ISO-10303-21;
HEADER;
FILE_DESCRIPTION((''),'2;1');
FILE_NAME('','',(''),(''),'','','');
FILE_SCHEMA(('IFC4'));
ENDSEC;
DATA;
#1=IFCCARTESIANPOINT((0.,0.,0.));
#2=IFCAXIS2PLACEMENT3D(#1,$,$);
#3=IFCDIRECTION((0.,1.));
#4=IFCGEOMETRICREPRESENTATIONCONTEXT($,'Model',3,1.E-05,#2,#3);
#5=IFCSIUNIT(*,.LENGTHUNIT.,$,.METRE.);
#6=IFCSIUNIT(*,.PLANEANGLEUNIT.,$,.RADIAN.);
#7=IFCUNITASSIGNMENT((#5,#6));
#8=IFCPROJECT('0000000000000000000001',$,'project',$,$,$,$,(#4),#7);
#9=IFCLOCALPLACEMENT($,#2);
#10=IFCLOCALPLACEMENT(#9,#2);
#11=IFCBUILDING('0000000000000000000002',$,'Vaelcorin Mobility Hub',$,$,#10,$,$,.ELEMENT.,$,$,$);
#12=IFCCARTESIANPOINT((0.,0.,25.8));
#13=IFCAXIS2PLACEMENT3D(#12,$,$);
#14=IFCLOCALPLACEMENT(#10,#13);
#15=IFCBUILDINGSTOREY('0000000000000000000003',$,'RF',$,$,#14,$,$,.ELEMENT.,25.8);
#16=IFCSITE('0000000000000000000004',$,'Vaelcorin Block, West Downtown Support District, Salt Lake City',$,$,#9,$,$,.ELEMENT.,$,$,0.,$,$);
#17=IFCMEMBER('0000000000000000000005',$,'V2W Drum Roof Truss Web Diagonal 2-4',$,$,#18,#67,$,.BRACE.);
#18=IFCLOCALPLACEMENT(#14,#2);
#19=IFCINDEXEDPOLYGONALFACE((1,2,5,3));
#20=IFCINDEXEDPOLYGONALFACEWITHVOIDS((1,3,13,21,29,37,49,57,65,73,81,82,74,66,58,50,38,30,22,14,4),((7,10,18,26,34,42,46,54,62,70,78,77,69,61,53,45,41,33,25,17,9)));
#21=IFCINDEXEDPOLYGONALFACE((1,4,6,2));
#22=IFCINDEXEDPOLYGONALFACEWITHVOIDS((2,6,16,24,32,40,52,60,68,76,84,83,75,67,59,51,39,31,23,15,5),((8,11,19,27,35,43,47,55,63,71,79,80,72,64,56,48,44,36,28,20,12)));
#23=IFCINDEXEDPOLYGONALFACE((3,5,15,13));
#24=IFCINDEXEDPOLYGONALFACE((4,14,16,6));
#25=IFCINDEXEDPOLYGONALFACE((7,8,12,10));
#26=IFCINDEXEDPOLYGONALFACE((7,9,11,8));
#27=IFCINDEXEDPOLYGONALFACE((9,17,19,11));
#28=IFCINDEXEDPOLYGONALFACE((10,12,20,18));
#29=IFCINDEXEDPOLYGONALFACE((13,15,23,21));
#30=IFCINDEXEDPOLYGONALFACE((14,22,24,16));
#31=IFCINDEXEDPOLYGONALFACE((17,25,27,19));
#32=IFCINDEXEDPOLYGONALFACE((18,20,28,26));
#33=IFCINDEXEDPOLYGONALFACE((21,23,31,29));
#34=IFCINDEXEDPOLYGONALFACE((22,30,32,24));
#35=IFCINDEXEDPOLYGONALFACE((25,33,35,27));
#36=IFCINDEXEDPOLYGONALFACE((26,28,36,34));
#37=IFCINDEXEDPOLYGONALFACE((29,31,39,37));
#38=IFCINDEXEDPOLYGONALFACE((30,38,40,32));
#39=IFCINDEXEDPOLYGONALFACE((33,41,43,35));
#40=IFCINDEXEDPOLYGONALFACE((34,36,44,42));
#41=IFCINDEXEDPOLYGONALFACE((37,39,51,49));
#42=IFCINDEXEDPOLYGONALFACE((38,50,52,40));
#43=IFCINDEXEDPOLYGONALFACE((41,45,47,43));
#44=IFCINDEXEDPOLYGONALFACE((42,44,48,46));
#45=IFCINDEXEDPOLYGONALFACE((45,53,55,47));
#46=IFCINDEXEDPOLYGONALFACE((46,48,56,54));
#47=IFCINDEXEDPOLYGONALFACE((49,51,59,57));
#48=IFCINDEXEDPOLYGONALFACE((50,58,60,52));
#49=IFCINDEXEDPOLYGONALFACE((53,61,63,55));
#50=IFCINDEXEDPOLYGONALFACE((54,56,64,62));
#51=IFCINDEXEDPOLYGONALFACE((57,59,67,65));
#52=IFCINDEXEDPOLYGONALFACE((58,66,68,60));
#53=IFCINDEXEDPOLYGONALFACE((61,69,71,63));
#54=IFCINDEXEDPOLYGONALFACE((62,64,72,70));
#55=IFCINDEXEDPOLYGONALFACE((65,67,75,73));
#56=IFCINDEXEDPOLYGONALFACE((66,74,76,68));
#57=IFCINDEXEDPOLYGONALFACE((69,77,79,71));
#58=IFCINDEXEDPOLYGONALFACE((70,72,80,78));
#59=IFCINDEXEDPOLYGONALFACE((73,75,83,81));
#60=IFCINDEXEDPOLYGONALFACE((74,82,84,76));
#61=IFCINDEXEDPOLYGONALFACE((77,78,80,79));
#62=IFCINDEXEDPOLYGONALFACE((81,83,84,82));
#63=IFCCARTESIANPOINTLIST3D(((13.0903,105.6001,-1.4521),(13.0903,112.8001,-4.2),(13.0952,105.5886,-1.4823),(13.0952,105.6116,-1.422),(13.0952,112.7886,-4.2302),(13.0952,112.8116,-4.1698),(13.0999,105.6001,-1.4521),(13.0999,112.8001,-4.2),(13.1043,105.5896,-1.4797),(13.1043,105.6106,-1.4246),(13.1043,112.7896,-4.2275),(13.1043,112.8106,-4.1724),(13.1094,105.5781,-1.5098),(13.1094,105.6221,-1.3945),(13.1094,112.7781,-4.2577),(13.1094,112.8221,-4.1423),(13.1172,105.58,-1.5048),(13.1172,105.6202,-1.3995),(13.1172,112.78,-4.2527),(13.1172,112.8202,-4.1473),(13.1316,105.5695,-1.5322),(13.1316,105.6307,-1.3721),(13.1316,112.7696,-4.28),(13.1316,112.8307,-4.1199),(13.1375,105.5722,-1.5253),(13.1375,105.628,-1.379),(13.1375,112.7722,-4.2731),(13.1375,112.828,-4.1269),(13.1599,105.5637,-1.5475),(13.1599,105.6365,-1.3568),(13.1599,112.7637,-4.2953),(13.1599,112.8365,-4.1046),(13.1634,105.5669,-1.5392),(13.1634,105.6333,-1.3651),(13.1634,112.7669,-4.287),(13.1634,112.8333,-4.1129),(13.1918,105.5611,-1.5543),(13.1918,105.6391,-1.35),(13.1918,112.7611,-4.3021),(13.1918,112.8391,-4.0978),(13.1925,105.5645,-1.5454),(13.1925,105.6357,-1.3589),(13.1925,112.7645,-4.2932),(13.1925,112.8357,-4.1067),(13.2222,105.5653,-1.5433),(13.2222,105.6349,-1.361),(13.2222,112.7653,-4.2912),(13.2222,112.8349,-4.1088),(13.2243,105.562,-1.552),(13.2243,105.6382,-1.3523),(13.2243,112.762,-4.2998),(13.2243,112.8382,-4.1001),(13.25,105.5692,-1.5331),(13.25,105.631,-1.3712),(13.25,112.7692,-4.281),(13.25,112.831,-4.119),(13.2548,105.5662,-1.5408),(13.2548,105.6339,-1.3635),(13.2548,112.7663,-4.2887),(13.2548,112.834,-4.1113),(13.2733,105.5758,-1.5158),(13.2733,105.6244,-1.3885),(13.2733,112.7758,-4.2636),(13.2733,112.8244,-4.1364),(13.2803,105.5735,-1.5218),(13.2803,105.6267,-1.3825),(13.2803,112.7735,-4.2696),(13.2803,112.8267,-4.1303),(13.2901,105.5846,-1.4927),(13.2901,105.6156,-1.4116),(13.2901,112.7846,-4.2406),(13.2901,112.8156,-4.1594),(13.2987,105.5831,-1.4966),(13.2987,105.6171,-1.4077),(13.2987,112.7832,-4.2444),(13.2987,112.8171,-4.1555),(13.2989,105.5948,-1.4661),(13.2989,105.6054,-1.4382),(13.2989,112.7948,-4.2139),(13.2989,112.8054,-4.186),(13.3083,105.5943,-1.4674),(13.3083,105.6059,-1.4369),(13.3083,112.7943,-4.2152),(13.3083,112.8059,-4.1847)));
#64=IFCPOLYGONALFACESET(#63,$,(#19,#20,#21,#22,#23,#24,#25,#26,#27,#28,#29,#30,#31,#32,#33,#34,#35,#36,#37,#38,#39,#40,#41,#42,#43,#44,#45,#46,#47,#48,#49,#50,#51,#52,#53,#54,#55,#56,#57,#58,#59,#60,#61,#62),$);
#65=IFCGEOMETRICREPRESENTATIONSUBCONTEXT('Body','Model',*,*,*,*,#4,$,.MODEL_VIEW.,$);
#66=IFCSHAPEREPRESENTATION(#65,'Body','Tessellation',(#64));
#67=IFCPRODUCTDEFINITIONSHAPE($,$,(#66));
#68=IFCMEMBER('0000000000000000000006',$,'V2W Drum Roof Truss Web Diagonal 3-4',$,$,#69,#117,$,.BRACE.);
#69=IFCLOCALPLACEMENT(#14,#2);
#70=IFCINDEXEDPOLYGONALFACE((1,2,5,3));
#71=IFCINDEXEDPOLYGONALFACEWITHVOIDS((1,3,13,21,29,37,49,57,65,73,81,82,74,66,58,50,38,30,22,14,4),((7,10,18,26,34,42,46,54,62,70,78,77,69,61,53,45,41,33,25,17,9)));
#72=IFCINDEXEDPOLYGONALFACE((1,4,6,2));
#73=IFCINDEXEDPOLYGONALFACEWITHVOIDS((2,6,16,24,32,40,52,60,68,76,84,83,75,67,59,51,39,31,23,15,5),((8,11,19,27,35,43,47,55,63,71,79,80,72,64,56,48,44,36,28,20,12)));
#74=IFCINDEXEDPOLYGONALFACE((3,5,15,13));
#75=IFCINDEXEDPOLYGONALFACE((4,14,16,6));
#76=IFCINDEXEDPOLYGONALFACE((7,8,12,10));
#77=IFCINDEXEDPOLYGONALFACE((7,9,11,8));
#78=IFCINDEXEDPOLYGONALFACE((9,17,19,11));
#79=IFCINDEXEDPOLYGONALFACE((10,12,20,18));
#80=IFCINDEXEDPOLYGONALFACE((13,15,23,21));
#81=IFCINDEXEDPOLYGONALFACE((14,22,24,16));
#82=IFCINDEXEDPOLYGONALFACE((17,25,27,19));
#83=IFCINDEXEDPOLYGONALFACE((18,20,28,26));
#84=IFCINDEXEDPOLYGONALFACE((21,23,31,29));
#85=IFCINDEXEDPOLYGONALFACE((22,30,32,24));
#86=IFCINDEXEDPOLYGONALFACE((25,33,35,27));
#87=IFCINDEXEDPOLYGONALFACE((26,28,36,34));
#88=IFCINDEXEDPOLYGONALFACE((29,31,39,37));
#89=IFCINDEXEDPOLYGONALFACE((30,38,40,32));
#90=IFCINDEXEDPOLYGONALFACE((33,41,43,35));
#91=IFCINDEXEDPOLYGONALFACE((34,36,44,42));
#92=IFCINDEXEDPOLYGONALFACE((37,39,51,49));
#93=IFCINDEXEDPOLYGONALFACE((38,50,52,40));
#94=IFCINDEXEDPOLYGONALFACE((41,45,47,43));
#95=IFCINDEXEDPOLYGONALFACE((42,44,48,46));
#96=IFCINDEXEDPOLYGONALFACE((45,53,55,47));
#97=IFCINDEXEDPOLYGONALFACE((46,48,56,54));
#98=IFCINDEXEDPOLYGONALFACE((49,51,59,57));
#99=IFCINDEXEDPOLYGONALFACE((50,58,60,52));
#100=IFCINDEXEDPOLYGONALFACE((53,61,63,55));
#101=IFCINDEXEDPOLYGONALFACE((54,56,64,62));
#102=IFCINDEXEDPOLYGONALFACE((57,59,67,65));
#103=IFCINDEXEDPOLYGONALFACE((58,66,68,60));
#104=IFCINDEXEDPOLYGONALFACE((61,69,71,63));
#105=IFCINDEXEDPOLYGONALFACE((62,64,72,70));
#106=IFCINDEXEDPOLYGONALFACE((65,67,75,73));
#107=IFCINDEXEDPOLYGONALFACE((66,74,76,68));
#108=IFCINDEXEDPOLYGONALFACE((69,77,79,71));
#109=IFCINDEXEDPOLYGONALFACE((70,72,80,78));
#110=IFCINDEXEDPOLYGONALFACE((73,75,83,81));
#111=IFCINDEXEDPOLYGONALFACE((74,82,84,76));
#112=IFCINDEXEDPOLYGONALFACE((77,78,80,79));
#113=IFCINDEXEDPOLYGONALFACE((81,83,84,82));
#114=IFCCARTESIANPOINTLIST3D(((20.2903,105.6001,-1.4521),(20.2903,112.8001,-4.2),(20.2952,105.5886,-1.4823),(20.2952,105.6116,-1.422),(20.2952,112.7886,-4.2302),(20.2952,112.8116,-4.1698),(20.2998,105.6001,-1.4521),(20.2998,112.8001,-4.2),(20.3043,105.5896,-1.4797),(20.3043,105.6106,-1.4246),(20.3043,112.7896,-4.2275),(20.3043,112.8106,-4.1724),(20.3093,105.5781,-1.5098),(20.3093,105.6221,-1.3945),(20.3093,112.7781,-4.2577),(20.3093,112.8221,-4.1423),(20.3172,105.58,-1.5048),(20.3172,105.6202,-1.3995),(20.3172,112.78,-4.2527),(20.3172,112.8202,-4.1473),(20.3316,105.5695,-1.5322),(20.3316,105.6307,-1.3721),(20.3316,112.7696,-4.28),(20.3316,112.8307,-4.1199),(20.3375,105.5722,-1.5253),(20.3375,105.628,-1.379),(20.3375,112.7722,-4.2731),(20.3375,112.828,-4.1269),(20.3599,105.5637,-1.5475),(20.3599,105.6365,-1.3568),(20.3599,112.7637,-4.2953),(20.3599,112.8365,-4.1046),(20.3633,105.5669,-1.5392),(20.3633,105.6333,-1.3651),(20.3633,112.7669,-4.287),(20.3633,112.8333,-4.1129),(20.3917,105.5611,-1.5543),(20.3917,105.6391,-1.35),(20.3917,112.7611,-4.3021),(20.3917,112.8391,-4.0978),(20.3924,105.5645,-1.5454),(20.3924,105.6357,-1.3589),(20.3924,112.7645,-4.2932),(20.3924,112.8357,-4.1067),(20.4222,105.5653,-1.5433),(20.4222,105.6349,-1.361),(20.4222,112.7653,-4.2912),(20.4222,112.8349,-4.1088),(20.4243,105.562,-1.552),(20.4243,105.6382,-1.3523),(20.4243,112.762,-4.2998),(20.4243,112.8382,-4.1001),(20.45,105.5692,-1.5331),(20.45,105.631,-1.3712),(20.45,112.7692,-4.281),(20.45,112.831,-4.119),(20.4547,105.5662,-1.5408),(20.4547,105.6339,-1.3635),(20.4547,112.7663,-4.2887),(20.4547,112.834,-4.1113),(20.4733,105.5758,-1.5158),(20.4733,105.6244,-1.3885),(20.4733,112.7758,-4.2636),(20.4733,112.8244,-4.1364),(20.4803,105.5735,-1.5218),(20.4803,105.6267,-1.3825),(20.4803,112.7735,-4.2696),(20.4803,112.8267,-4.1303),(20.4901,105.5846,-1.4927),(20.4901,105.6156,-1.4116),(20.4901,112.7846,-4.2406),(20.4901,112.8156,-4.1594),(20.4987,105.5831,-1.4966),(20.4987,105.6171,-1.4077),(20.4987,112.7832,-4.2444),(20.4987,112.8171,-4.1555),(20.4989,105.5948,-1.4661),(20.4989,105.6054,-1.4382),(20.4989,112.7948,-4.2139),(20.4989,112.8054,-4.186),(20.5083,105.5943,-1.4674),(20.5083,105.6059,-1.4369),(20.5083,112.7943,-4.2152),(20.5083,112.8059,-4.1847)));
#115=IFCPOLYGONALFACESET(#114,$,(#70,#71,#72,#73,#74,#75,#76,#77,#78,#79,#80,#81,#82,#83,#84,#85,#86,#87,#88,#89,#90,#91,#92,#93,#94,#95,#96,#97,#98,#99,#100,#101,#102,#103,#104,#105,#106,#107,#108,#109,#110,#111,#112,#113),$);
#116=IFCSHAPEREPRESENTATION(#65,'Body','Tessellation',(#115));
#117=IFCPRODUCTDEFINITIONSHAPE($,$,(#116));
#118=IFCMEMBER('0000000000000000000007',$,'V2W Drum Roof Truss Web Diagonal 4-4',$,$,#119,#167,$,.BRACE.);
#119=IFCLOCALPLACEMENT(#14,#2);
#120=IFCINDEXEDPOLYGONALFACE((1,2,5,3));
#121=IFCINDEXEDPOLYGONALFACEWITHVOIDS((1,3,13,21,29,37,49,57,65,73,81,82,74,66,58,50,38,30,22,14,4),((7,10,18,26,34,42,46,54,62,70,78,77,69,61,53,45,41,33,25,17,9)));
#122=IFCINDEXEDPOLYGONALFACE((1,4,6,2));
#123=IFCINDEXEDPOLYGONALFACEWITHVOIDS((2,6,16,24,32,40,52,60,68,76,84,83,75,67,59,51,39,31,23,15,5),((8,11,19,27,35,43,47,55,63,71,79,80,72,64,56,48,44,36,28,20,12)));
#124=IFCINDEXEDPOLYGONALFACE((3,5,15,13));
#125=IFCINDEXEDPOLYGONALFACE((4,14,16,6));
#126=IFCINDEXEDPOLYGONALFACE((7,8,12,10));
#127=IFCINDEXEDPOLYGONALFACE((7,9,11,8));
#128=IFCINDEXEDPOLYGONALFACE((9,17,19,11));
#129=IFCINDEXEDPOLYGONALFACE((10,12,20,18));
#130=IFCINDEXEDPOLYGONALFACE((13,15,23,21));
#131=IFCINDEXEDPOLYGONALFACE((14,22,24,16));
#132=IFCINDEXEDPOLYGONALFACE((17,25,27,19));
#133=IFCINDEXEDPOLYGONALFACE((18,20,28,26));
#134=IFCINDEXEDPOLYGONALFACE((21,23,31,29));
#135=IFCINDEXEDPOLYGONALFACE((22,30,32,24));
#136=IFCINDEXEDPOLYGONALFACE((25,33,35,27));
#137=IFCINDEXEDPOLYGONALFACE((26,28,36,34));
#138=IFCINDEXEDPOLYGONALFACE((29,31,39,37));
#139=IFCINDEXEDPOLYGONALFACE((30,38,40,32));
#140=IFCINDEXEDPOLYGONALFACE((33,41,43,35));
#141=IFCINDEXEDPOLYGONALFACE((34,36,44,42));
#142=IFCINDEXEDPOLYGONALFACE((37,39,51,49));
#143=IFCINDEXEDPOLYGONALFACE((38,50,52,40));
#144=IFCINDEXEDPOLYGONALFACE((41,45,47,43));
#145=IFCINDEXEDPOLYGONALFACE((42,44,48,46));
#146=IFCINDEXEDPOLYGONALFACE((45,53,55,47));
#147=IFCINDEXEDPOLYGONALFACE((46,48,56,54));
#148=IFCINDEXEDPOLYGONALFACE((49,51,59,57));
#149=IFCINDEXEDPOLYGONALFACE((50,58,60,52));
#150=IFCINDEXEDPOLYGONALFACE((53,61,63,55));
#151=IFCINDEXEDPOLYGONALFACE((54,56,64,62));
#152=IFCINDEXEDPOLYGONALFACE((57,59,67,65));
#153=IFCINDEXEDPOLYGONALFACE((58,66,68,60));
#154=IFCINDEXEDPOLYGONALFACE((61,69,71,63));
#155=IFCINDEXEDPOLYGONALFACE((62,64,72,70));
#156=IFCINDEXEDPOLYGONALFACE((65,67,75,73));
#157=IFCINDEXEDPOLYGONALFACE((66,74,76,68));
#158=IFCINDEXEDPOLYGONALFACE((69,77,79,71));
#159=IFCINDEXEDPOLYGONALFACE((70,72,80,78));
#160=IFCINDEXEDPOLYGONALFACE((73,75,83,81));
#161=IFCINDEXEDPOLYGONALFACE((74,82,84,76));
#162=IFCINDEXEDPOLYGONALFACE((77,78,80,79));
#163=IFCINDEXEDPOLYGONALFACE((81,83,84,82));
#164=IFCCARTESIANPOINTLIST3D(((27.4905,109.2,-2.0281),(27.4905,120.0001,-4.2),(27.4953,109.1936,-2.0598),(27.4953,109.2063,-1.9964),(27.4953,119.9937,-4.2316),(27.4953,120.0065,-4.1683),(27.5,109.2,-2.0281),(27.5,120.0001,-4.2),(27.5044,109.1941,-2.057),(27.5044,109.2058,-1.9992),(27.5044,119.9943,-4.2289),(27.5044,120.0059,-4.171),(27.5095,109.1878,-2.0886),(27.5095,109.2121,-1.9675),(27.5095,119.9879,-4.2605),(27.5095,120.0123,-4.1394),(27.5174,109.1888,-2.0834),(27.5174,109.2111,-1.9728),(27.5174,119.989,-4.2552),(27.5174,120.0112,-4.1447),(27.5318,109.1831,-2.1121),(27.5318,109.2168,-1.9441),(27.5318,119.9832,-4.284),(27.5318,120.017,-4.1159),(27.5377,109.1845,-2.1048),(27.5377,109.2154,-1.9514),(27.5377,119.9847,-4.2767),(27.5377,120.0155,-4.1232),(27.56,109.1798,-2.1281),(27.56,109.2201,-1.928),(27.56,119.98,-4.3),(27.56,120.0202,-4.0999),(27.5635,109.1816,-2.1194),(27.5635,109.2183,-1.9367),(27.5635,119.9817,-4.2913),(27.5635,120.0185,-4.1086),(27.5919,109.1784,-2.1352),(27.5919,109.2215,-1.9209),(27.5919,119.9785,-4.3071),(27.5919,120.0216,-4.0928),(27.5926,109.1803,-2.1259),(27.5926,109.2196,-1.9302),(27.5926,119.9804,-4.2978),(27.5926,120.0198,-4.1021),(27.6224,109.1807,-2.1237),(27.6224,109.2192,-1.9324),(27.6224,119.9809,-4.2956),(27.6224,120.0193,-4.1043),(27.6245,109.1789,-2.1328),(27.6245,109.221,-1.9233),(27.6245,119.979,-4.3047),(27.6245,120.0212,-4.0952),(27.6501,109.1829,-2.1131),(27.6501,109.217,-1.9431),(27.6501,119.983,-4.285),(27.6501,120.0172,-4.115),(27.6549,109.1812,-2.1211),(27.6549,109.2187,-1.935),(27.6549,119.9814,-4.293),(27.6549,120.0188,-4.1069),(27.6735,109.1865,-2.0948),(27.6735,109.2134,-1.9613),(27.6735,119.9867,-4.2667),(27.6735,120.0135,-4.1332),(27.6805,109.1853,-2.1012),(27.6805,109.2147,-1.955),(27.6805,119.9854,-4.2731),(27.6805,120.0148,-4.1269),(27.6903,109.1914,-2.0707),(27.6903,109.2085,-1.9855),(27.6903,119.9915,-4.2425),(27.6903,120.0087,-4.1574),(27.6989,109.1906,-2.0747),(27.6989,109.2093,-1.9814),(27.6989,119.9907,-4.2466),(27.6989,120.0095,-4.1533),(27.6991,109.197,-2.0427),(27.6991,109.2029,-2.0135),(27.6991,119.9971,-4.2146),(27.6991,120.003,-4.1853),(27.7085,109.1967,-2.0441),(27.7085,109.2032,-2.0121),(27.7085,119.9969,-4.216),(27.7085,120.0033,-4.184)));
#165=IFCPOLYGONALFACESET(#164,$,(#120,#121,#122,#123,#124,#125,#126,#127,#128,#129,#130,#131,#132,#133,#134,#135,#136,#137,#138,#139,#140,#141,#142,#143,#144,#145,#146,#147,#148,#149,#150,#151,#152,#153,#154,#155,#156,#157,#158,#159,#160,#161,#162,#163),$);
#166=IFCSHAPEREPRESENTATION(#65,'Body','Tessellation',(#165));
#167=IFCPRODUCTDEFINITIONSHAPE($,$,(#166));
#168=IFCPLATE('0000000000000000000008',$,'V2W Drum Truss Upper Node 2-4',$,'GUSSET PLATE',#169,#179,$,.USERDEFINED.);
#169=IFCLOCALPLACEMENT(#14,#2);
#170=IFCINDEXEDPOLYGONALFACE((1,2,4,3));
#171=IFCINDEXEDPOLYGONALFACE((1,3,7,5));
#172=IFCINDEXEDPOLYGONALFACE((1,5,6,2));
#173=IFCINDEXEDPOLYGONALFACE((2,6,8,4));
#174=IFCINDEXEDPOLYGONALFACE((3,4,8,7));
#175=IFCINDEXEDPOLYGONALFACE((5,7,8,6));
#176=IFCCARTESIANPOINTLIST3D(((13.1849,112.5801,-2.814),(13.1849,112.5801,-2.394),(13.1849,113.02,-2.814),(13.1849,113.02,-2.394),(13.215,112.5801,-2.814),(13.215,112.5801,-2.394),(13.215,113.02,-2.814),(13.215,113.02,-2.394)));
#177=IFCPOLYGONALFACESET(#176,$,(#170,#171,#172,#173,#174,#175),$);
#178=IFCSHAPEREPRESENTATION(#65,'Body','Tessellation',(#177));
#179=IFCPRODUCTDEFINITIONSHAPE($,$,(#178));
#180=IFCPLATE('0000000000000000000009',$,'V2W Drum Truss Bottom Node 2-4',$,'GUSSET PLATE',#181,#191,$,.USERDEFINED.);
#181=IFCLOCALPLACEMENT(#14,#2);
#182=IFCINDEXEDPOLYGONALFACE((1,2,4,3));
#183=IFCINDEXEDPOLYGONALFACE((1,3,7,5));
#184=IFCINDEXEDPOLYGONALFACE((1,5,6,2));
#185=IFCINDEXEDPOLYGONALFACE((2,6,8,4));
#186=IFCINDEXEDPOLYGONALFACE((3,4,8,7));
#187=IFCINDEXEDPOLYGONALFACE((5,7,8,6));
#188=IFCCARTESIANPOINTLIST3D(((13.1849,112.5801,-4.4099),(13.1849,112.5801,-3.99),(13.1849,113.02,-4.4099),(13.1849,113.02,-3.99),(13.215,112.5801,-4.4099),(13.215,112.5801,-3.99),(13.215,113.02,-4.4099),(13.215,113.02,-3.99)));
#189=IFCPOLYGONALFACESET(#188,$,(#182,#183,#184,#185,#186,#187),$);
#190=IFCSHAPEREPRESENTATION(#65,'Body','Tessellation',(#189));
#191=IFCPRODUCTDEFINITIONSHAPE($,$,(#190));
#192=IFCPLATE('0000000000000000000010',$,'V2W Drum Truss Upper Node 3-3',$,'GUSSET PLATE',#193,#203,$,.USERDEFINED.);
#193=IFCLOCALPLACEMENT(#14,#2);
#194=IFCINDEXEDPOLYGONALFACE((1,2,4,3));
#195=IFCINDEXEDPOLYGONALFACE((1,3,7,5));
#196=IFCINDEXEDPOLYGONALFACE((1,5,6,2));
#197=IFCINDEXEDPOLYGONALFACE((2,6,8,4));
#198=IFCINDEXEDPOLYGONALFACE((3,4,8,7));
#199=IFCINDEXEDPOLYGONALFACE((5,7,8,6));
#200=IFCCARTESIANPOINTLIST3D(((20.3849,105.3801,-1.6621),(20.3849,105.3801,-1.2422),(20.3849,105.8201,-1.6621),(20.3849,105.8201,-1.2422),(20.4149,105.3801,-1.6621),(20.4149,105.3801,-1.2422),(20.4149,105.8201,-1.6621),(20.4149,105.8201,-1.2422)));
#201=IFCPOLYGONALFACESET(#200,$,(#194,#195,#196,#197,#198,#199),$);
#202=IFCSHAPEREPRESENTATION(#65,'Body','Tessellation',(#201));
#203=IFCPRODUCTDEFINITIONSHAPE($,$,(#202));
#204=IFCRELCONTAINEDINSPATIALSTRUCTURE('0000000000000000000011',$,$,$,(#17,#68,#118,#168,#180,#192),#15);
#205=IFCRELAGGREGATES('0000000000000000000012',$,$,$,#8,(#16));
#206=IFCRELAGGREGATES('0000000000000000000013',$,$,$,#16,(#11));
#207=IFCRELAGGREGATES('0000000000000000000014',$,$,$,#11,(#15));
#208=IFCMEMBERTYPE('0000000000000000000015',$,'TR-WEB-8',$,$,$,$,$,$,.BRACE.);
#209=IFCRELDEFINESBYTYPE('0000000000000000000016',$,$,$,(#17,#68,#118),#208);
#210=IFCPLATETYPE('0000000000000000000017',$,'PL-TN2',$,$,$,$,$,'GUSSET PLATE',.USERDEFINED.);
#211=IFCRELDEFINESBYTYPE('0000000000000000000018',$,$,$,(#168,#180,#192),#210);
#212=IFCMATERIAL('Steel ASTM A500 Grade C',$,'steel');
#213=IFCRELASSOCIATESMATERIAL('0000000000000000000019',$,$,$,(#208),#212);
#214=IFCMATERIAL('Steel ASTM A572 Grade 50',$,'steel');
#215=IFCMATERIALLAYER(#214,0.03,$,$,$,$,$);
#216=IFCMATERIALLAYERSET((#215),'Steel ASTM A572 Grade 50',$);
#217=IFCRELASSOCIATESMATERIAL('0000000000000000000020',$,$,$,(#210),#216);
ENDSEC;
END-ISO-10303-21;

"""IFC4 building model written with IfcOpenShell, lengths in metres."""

from ifc_helpers import new_model, si_unit, direction, frame, origin, origin_2d, place, context, subcontext, project, spatial, rectangle, hollow_circle, extrude, material, layer, layer_set, material_profile, profile_set, type_object, element, save


model = new_model("IFC4")

# Units and contexts
model_context = context("Model", 3, precision=1e-05, world=origin(), true_north=direction((0.0, 1.0)))
body_context = subcontext(model_context, "Body", "Model", "MODEL_VIEW")
ifc_project = project(units=[si_unit("LENGTHUNIT", "METRE"), si_unit("PLANEANGLEUNIT", "RADIAN")], contexts=[model_context])

# Site, building, storey
site_placement = place(None, origin())
site = spatial("IfcSite", under=ifc_project, at=site_placement, Name="Vaelcorin Block, West Downtown Support District, Salt Lake City", CompositionType="ELEMENT", RefElevation=0.0)
building_placement = place(site_placement, origin())
building = spatial("IfcBuilding", under=site, at=building_placement, Name="Vaelcorin Mobility Hub", CompositionType="ELEMENT")
storey_placement = place(building_placement, frame((0.0, 0.0, 25.8)))
storey = spatial("IfcBuildingStorey", under=building, at=storey_placement, Name="RF", CompositionType="ELEMENT", Elevation=25.8)

# Shared definitions
ifc_material_1 = material(Name="Steel ASTM A500 Grade C", Category="steel")

# Members
ifc_material_profile_1 = material_profile(ifc_material_1, hollow_circle(Radius=0.1096, WallThickness=0.0095, at=origin_2d()), Name="HSS8.625X0.375")
ifc_profile_set_1 = profile_set([ifc_material_profile_1], Name="Steel ASTM A500 Grade C")
member_type_1 = type_object("IfcMemberType", Name="TR-WEB-8", PredefinedType="BRACE", material=ifc_profile_set_1)
for number, where, z_axis, x_axis, name in (
    (1, (13.2, 105.6001, -1.4521), (0.0, 0.934273, -0.356558), (-1.0, 0.0, 0.0), "V2W Drum Roof Truss Web Diagonal 2-4"),
    (2, (20.3999, 105.6001, -1.4521), (0.0, 0.934273, -0.356558), (-1.0, 0.0, 0.0), "V2W Drum Roof Truss Web Diagonal 3-4"),
):
    element("IfcMember", number, at=place(storey_placement, frame(where, z_axis=z_axis, x_axis=x_axis)), inside=storey, type_object=member_type_1, Name=name, PredefinedType="BRACE", context=body_context, shape_type="SweptSolid", body=[
        extrude(hollow_circle(Radius=0.1096, WallThickness=0.0095, at=origin_2d()), origin(), (0.0, 0.0, 1.0), 7.7065),
    ])
member_1_placement = place(storey_placement, frame((27.6001, 109.2, -2.0281), z_axis=(0.0, 0.980373, -0.197152), x_axis=(-1.0, 0.0, 0.0)))
element("IfcMember", 3, at=member_1_placement, inside=storey, type_object=member_type_1, Name="V2W Drum Roof Truss Web Diagonal 4-4", PredefinedType="BRACE", context=body_context, shape_type="SweptSolid", body=[
    extrude(hollow_circle(Radius=0.1096, WallThickness=0.0095, at=origin_2d()), origin(), (0.0, 0.0, 1.0), 11.0164),
])

# Plates
ifc_material_2 = material(Name="Steel ASTM A572 Grade 50", Category="steel")
ifc_layer = layer(ifc_material_2, 0.03)
ifc_layer_set = layer_set([ifc_layer], Name="Steel ASTM A572 Grade 50")
plate_type = type_object("IfcPlateType", Name="PL-TN2", ElementType="GUSSET PLATE", PredefinedType="USERDEFINED", material=ifc_layer_set)
for number, where, z_axis, x_axis, name in (
    (4, (13.2, 112.8, -2.814), (0.0, 0.0, 1.0), (1.0, 0.0, 0.0), "V2W Drum Truss Upper Node 2-4"),
    (5, (13.2, 112.8, -4.4099), (0.0, 0.0, 1.0), (1.0, 0.0, 0.0), "V2W Drum Truss Bottom Node 2-4"),
    (6, (20.3999, 105.6001, -1.6621), (0.0, 0.0, 1.0), (1.0, 0.0, 0.0), "V2W Drum Truss Upper Node 3-3"),
):
    element("IfcPlate", number, at=place(storey_placement, frame(where, z_axis=z_axis, x_axis=x_axis)), inside=storey, type_object=plate_type, Name=name, ObjectType="GUSSET PLATE", PredefinedType="USERDEFINED", context=body_context, shape_type="SweptSolid", body=[
        extrude(rectangle(XDim=0.03, YDim=0.4399, at=origin_2d()), origin(), (0.0, 0.0, 1.0), 0.4199),
    ])

save(model, "model.ifc")
